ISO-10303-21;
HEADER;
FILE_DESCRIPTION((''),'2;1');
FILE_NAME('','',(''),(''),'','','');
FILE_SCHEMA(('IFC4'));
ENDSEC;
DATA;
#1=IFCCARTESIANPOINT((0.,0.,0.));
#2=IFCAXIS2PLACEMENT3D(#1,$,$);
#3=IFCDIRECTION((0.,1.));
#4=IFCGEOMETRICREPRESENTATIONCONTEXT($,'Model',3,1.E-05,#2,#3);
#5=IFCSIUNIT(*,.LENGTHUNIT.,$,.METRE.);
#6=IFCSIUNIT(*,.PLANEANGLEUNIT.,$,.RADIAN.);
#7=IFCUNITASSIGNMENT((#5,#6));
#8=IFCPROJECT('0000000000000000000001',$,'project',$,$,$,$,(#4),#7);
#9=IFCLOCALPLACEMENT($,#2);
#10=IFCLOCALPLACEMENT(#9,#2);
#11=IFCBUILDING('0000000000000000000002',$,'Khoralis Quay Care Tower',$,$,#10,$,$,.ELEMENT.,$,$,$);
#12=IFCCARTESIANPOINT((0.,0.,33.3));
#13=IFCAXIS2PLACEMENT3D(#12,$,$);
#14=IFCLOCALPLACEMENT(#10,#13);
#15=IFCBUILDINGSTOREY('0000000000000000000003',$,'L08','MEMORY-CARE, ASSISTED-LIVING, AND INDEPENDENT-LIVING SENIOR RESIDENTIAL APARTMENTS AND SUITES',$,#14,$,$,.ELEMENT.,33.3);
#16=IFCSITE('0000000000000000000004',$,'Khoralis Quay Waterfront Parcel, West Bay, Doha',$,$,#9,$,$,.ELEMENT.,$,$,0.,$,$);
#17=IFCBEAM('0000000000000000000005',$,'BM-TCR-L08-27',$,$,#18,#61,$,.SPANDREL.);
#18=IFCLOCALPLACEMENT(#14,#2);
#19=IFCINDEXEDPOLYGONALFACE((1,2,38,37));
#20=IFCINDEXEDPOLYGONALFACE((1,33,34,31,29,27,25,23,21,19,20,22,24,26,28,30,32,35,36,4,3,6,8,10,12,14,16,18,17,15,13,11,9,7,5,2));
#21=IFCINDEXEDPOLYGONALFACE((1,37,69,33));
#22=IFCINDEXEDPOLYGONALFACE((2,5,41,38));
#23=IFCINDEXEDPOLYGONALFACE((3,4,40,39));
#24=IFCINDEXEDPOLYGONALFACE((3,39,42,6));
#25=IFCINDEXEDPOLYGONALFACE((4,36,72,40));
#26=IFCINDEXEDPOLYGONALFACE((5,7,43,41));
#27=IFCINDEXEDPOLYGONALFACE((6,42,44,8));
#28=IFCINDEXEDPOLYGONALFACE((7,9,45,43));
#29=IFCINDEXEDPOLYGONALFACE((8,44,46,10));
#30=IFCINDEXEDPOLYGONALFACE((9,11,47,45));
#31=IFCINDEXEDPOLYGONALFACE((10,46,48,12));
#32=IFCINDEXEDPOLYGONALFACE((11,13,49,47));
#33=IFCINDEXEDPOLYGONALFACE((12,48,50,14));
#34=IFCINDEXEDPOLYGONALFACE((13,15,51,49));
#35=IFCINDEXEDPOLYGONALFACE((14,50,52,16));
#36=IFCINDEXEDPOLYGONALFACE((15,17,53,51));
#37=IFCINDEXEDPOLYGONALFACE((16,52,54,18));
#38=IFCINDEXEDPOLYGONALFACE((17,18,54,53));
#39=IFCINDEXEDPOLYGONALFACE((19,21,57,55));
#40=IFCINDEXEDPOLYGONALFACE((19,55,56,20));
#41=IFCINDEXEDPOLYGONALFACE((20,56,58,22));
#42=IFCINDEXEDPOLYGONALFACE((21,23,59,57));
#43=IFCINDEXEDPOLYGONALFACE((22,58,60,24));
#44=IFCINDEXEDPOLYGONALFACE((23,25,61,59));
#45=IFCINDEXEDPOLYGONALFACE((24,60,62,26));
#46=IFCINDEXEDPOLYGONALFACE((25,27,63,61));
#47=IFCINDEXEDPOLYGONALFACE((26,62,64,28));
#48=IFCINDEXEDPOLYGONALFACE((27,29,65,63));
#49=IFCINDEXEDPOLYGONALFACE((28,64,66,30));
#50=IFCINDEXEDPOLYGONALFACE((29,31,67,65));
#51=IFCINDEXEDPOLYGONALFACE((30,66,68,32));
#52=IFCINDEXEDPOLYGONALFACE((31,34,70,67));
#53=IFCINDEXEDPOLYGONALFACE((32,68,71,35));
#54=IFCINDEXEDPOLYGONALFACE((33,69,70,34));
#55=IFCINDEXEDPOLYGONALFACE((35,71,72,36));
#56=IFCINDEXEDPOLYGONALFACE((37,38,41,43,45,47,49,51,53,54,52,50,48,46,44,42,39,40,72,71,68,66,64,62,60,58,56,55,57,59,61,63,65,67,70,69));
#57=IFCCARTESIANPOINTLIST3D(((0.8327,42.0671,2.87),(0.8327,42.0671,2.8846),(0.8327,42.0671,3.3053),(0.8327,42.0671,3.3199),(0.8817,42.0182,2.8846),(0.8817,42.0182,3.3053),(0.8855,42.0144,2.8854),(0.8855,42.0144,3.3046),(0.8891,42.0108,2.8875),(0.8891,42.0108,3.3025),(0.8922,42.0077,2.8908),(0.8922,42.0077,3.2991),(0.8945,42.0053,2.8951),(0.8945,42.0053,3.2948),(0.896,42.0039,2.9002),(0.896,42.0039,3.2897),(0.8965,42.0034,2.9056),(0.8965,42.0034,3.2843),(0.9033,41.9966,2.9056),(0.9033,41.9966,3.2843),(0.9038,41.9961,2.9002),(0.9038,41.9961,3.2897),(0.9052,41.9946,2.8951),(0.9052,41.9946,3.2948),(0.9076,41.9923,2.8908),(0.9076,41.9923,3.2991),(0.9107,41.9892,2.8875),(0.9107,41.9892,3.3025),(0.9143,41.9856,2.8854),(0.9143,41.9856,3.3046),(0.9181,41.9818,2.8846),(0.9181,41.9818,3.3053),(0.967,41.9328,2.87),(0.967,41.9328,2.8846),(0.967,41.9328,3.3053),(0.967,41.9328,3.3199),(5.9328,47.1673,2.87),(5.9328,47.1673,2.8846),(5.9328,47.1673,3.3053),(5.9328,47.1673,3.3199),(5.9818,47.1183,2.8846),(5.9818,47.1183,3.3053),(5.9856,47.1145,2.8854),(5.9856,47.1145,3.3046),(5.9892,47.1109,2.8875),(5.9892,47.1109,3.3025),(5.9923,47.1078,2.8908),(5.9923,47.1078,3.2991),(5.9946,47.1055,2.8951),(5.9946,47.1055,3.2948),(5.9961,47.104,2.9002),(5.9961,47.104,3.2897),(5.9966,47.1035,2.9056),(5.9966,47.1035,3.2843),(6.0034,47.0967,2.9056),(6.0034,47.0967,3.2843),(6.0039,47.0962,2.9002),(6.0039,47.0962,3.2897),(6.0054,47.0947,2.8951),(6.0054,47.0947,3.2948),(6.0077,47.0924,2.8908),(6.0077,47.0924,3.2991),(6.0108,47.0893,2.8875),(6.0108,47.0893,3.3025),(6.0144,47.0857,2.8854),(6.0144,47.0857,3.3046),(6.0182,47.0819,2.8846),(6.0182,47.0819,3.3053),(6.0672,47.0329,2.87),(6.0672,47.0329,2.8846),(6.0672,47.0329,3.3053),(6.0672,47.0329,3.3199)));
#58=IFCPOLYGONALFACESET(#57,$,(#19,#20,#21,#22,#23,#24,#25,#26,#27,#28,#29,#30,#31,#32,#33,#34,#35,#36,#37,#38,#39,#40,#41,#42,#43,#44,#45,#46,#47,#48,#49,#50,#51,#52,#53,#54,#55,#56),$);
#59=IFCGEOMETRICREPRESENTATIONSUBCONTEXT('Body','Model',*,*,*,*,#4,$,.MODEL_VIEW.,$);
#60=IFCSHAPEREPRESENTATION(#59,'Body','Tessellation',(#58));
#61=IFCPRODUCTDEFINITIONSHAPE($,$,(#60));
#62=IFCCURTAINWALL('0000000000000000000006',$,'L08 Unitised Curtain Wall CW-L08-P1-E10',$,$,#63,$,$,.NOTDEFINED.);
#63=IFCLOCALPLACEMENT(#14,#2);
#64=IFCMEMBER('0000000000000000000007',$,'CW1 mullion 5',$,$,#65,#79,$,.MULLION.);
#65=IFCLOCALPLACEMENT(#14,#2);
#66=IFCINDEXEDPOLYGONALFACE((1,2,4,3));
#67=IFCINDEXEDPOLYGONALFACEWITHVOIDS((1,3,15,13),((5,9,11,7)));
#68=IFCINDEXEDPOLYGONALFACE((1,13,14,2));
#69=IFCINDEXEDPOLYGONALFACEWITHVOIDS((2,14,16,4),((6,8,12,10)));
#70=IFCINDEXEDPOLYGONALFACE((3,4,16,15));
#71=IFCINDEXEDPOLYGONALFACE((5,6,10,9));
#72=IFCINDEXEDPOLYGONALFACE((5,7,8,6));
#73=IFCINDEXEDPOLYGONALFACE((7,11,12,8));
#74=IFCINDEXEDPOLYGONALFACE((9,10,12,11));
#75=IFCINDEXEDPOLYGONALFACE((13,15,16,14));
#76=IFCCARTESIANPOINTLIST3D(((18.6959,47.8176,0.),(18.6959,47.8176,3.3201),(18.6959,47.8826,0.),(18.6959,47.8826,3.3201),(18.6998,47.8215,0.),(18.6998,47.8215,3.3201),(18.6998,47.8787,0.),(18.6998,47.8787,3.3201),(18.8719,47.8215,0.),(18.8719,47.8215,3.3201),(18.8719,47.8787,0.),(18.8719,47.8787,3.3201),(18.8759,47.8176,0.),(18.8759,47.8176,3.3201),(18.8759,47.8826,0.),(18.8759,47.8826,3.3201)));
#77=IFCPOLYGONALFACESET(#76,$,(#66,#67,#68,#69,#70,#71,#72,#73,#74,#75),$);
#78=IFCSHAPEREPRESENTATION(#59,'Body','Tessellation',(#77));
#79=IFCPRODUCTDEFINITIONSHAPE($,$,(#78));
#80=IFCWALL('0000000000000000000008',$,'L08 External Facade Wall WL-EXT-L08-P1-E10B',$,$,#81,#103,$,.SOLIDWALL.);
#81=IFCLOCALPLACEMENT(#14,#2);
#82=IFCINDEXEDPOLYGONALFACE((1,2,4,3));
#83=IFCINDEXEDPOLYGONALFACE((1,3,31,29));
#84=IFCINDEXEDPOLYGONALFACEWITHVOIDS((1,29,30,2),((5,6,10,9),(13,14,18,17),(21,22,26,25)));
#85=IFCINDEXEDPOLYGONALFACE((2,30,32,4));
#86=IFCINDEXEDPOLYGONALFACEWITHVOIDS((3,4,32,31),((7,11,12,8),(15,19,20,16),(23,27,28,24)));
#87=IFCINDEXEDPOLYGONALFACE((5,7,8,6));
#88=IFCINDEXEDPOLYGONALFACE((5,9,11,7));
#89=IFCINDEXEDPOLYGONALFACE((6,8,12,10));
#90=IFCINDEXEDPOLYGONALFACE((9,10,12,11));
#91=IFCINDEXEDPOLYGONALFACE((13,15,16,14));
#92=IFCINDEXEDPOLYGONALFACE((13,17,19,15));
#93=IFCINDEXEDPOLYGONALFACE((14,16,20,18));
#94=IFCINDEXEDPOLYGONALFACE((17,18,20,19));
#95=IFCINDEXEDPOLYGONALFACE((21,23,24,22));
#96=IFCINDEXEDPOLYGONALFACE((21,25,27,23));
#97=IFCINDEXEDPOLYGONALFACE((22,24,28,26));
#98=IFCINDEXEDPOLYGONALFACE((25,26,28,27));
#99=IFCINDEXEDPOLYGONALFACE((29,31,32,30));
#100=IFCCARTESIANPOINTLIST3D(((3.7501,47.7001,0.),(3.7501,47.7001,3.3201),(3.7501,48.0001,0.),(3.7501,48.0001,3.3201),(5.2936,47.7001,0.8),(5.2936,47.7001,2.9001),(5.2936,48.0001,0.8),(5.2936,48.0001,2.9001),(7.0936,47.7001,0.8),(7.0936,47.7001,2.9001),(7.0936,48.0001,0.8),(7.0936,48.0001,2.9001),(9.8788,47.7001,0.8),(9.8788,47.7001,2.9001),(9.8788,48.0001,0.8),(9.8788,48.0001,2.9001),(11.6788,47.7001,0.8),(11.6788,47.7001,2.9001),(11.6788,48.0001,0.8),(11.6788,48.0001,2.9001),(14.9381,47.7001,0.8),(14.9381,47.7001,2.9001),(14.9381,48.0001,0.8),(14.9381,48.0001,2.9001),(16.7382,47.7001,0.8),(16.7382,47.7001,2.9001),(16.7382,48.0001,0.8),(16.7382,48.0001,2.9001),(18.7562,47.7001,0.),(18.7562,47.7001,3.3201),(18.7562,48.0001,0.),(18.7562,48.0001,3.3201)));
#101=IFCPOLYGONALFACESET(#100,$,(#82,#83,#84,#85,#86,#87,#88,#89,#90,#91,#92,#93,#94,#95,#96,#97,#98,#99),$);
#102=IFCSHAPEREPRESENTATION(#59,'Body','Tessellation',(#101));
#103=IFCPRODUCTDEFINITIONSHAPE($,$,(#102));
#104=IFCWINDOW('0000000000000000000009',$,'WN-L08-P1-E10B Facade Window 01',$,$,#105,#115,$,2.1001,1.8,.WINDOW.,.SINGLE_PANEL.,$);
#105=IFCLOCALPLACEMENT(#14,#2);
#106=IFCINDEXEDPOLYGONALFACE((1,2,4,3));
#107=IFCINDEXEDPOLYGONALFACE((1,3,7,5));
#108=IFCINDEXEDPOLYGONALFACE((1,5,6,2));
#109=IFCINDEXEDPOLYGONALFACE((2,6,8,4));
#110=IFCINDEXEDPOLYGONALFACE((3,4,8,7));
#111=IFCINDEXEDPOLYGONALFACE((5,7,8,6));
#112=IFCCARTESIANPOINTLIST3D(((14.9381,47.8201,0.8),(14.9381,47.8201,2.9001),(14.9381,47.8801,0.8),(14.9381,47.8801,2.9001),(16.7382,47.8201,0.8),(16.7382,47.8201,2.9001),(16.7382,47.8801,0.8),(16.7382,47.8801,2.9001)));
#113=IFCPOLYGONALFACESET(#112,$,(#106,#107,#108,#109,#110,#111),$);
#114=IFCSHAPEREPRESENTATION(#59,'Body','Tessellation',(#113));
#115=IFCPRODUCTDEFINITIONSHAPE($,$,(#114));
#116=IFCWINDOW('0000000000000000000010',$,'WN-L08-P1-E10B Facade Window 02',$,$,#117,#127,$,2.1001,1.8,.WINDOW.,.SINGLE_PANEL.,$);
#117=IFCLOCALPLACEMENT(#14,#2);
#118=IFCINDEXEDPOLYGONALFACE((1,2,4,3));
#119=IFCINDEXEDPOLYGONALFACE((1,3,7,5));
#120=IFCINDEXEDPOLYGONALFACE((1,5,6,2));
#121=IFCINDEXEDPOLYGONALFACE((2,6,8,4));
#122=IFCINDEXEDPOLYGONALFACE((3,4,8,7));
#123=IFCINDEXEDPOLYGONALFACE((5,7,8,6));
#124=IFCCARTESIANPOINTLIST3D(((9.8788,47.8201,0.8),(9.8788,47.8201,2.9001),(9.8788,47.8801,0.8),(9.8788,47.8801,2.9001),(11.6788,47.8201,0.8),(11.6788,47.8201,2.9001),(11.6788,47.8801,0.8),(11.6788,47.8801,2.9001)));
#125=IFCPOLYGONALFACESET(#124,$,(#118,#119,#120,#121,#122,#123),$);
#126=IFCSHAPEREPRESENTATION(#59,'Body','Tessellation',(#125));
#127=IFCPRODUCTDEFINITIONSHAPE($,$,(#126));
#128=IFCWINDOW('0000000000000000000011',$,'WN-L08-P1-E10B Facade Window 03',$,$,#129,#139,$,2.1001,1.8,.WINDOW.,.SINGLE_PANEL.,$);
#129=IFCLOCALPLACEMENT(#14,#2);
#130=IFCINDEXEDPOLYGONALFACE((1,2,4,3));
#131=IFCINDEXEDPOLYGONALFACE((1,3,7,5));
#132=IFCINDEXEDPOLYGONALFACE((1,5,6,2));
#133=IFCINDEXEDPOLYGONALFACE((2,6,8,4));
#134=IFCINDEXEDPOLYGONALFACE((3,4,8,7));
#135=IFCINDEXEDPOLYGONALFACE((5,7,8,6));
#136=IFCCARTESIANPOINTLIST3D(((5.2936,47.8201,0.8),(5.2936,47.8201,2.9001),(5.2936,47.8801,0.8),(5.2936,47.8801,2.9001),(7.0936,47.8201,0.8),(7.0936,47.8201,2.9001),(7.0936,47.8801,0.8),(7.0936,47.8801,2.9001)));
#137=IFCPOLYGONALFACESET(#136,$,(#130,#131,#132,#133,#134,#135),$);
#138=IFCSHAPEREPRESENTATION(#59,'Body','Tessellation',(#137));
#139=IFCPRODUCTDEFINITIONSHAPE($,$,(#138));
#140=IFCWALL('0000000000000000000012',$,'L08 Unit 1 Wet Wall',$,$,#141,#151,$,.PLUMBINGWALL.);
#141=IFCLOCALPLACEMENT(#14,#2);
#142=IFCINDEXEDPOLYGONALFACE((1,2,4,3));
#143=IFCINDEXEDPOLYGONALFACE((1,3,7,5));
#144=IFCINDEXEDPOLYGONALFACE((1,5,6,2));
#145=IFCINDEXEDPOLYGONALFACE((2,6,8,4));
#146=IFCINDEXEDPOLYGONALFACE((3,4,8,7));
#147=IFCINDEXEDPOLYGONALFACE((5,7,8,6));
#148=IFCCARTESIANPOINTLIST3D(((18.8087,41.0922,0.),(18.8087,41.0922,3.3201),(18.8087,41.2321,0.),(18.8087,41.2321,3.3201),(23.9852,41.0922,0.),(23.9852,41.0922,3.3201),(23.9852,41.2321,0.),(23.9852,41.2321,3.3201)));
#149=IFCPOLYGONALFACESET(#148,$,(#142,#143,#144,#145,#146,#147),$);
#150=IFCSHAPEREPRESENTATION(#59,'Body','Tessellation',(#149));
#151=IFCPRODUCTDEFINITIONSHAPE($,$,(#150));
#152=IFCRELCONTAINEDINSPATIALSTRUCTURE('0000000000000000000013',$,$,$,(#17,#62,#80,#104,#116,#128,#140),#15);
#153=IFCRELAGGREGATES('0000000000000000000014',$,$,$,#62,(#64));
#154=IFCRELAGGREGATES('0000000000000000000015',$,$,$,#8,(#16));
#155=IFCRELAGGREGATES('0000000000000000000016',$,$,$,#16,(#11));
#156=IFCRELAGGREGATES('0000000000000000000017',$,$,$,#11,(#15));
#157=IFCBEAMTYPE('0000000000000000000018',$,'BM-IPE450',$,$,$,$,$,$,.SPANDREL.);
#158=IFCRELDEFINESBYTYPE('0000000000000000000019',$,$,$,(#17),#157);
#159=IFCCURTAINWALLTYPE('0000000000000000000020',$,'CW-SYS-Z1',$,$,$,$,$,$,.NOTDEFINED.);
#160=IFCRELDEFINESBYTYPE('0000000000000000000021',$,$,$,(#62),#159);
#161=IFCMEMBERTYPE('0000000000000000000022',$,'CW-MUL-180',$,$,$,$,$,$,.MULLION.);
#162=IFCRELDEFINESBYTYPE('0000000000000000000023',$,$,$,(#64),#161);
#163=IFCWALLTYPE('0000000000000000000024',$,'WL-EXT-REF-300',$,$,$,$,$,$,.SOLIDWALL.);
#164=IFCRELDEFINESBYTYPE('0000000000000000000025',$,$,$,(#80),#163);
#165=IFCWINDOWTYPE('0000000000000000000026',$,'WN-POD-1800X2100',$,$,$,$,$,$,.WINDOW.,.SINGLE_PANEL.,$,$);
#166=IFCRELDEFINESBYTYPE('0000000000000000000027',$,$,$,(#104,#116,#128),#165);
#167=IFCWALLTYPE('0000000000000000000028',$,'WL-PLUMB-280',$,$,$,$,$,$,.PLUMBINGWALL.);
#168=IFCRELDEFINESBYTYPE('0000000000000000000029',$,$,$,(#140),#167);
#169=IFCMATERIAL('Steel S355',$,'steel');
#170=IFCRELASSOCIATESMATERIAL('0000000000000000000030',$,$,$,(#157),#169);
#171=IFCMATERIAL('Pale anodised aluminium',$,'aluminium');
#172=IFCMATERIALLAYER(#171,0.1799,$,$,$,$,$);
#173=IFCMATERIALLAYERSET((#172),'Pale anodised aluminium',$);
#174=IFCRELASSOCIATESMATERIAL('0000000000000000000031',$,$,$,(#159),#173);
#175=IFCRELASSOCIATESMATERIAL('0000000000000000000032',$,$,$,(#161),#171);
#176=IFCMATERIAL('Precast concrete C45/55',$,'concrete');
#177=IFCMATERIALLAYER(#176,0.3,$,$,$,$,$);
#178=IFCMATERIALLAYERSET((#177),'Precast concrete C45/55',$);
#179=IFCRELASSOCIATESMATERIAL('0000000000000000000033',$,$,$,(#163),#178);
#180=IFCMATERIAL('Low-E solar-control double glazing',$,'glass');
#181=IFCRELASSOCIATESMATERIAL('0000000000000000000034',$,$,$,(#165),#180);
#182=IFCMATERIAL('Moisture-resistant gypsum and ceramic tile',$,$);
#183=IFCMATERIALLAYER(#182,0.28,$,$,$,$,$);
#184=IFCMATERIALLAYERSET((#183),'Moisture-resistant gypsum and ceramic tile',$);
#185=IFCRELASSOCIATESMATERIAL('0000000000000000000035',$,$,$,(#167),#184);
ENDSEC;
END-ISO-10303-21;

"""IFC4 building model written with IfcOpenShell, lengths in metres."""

from ifc_helpers import new_model, si_unit, direction, frame, frame_2d, origin, origin_2d, place, context, subcontext, project, spatial, rectangle, hollow_rectangle, i_section, extrude, source, transform, mapped, material, layer, layer_set, material_profile, profile_set, type_object, element, fill, aggregate, save


model = new_model("IFC4")

# Units and contexts
model_context = context("Model", 3, precision=1e-05, world=origin(), true_north=direction((0.0, 1.0)))
body_context = subcontext(model_context, "Body", "Model", "MODEL_VIEW")
ifc_project = project(units=[si_unit("LENGTHUNIT", "METRE"), si_unit("PLANEANGLEUNIT", "RADIAN")], contexts=[model_context])

# Site, building, storey
site_placement = place(None, origin())
site = spatial("IfcSite", under=ifc_project, at=site_placement, Name="Khoralis Quay Waterfront Parcel, West Bay, Doha", CompositionType="ELEMENT", RefElevation=0.0)
building_placement = place(site_placement, origin())
building = spatial("IfcBuilding", under=site, at=building_placement, Name="Khoralis Quay Care Tower", CompositionType="ELEMENT")
storey_placement = place(building_placement, frame((0.0, 0.0, 33.3)))
storey = spatial("IfcBuildingStorey", under=building, at=storey_placement, Name="L08", Description="MEMORY-CARE, ASSISTED-LIVING, AND INDEPENDENT-LIVING SENIOR RESIDENTIAL APARTMENTS AND SUITES", CompositionType="ELEMENT", Elevation=33.3)

# Beam
ifc_material_1 = material(Name="Steel S355", Category="steel")
ifc_material_profile_1 = material_profile(ifc_material_1, i_section(OverallWidth=0.1899, OverallDepth=0.45, WebThickness=0.0095, FlangeThickness=0.0146, FilletRadius=0.021, at=origin_2d()), Name="Steel S355")
ifc_profile_set_1 = profile_set([ifc_material_profile_1], Name="Steel S355")
beam_type = type_object("IfcBeamType", Name="BM-IPE450", PredefinedType="SPANDREL", material=ifc_profile_set_1)
shared_shape_1 = source(origin(), body_context, "Body", "SweptSolid", [
    extrude(i_section(OverallWidth=0.1899, OverallDepth=0.45, WebThickness=0.0095, FlangeThickness=0.0146, FilletRadius=0.021, at=origin_2d()), origin(), (0.0, 0.0, 1.0), 7.2126),
])
beam_1_placement = place(storey_placement, frame((6.0, 47.1001, 3.095), z_axis=(-0.707107, -0.707107, 0.0), x_axis=(0.707107, -0.707107, 0.0)))
element("IfcBeam", 1, at=beam_1_placement, inside=storey, type_object=beam_type, Name="BM-TCR-L08-27", PredefinedType="SPANDREL", context=body_context, shape_type="MappedRepresentation", body=[
    mapped(shared_shape_1, transform((0.0, 0.0, 0.0), scale=1.0)),
])

# Curtain wall, member
ifc_material_2 = material(Name="Pale anodised aluminium", Category="aluminium")
ifc_layer_1 = layer(ifc_material_2, 0.1799)
ifc_layer_set_1 = layer_set([ifc_layer_1], Name="Pale anodised aluminium")
curtain_wall_type = type_object("IfcCurtainWallType", Name="CW-SYS-Z1", PredefinedType="NOTDEFINED", material=ifc_layer_set_1)
curtain_wall_placement = place(storey_placement, origin())
curtain_wall = element("IfcCurtainWall", 2, at=curtain_wall_placement, inside=storey, type_object=curtain_wall_type, Name="L08 Unitised Curtain Wall CW-L08-P1-E10", PredefinedType="NOTDEFINED")
ifc_material_profile_2 = material_profile(ifc_material_2, hollow_rectangle(XDim=0.0649, YDim=0.1799, WallThickness=0.0039, at=origin_2d()), Name="Pale anodised aluminium")
ifc_profile_set_2 = profile_set([ifc_material_profile_2], Name="Pale anodised aluminium")
member_type = type_object("IfcMemberType", Name="CW-MUL-180", PredefinedType="MULLION", material=ifc_profile_set_2)
shared_shape_2 = source(origin(), body_context, "Body", "SweptSolid", [
    extrude(hollow_rectangle(XDim=0.0649, YDim=0.1799, WallThickness=0.0039, at=origin_2d()), origin(), (0.0, 0.0, 1.0), 3.3201),
])
member_placement = place(storey_placement, frame((18.7859, 47.8501, 0.0), z_axis=(0.0, 0.0, 1.0), x_axis=(0.0, -1.0, 0.0)))
member = element("IfcMember", 3, at=member_placement, type_object=member_type, Name="CW1 mullion 5", PredefinedType="MULLION", context=body_context, shape_type="MappedRepresentation", body=[
    mapped(shared_shape_2, transform((0.0, 0.0, 0.0), scale=1.0)),
])
aggregate(curtain_wall, [member])

# Wall, openings, windows
ifc_material_3 = material(Name="Precast concrete C45/55", Category="concrete")
ifc_layer_2 = layer(ifc_material_3, 0.3)
ifc_layer_set_2 = layer_set([ifc_layer_2], Name="Precast concrete C45/55")
wall_type_1 = type_object("IfcWallType", Name="WL-EXT-REF-300", PredefinedType="SOLIDWALL", material=ifc_layer_set_2)
wall_1_placement = place(storey_placement, frame((18.7561, 47.8501, 0.0), z_axis=(0.0, 0.0, 1.0), x_axis=(-1.0, 0.0, 0.0)))
wall_1 = element("IfcWall", 4, at=wall_1_placement, inside=storey, type_object=wall_type_1, Name="L08 External Facade Wall WL-EXT-L08-P1-E10B", PredefinedType="SOLIDWALL", context=body_context, shape_type="SweptSolid", body=[
    extrude(rectangle(XDim=15.0061, YDim=0.3, at=frame_2d((7.5029, 0.0))), origin(), (0.0, 0.0, 1.0), 3.3201),
])
opening_1_placement = place(wall_1_placement, frame((2.0181, 0.0, 0.8)))
opening_1 = element("IfcOpeningElement", 5, at=opening_1_placement, cuts=wall_1, PredefinedType="OPENING", context=body_context, shape_type="SweptSolid", body=[
    extrude(rectangle(XDim=1.8, YDim=2.1001, at=frame_2d((0.8999, 1.05))), frame((0.0, 0.1602, 0.0), z_axis=(0.0, -1.0, 0.0), x_axis=(1.0, 0.0, 0.0)), (0.0, 0.0, 1.0), 0.3201),
])
opening_2_placement = place(wall_1_placement, frame((7.0774, 0.0, 0.8)))
opening_2 = element("IfcOpeningElement", 6, at=opening_2_placement, cuts=wall_1, PredefinedType="OPENING", context=body_context, shape_type="SweptSolid", body=[
    extrude(rectangle(XDim=1.8, YDim=2.1001, at=frame_2d((0.8999, 1.05))), frame((0.0, 0.1602, 0.0), z_axis=(0.0, -1.0, 0.0), x_axis=(1.0, 0.0, 0.0)), (0.0, 0.0, 1.0), 0.3201),
])
opening_3_placement = place(wall_1_placement, frame((11.6626, 0.0, 0.8)))
opening_3 = element("IfcOpeningElement", 7, at=opening_3_placement, cuts=wall_1, PredefinedType="OPENING", context=body_context, shape_type="SweptSolid", body=[
    extrude(rectangle(XDim=1.8, YDim=2.1001, at=frame_2d((0.8999, 1.05))), frame((0.0, 0.1602, 0.0), z_axis=(0.0, -1.0, 0.0), x_axis=(1.0, 0.0, 0.0)), (0.0, 0.0, 1.0), 0.3201),
])
ifc_material_4 = material(Name="Low-E solar-control double glazing", Category="glass")
window_type = type_object("IfcWindowType", Name="WN-POD-1800X2100", PartitioningType="SINGLE_PANEL", PredefinedType="WINDOW", material=ifc_material_4)
shared_shape_3 = source(origin(), body_context, "Body", "SweptSolid", [
    extrude(rectangle(XDim=1.8, YDim=2.1001, at=frame_2d((0.8999, 1.05))), frame((0.0, 0.03, 0.0), z_axis=(0.0, -1.0, 0.0), x_axis=(1.0, 0.0, 0.0)), (0.0, 0.0, 1.0), 0.0601),
])
window_1_placement = place(opening_1_placement, origin())
window_1 = element("IfcWindow", 8, at=window_1_placement, inside=storey, type_object=window_type, Name="WN-L08-P1-E10B Facade Window 01", OverallHeight=2.1001, OverallWidth=1.8, PartitioningType="SINGLE_PANEL", PredefinedType="WINDOW", context=body_context, shape_type="MappedRepresentation", body=[
    mapped(shared_shape_3, transform((0.0, 0.0, 0.0), scale=1.0)),
])
fill(opening_1, window_1)
window_2_placement = place(opening_2_placement, origin())
window_2 = element("IfcWindow", 9, at=window_2_placement, inside=storey, type_object=window_type, Name="WN-L08-P1-E10B Facade Window 02", OverallHeight=2.1001, OverallWidth=1.8, PartitioningType="SINGLE_PANEL", PredefinedType="WINDOW", context=body_context, shape_type="MappedRepresentation", body=[
    mapped(shared_shape_3, transform((0.0, 0.0, 0.0), scale=1.0)),
])
fill(opening_2, window_2)
window_3_placement = place(opening_3_placement, origin())
window_3 = element("IfcWindow", 10, at=window_3_placement, inside=storey, type_object=window_type, Name="WN-L08-P1-E10B Facade Window 03", OverallHeight=2.1001, OverallWidth=1.8, PartitioningType="SINGLE_PANEL", PredefinedType="WINDOW", context=body_context, shape_type="MappedRepresentation", body=[
    mapped(shared_shape_3, transform((0.0, 0.0, 0.0), scale=1.0)),
])
fill(opening_3, window_3)

# Wall
ifc_material_5 = material(Name="Moisture-resistant gypsum and ceramic tile")
ifc_layer_3 = layer(ifc_material_5, 0.28)
ifc_layer_set_3 = layer_set([ifc_layer_3], Name="Moisture-resistant gypsum and ceramic tile")
wall_type_2 = type_object("IfcWallType", Name="WL-PLUMB-280", PredefinedType="PLUMBINGWALL", material=ifc_layer_set_3)
wall_2_placement = place(storey_placement, frame((18.8086, 41.1621, 0.0), z_axis=(0.0, 0.0, 1.0), x_axis=(1.0, 0.0, 0.0)))
element("IfcWall", 11, at=wall_2_placement, inside=storey, type_object=wall_type_2, Name="L08 Unit 1 Wet Wall", PredefinedType="PLUMBINGWALL", context=body_context, shape_type="SweptSolid", body=[
    extrude(rectangle(XDim=5.1765, YDim=0.1399, at=frame_2d((2.5884, 0.0))), origin(), (0.0, 0.0, 1.0), 3.3201),
])

save(model, "model.ifc")
